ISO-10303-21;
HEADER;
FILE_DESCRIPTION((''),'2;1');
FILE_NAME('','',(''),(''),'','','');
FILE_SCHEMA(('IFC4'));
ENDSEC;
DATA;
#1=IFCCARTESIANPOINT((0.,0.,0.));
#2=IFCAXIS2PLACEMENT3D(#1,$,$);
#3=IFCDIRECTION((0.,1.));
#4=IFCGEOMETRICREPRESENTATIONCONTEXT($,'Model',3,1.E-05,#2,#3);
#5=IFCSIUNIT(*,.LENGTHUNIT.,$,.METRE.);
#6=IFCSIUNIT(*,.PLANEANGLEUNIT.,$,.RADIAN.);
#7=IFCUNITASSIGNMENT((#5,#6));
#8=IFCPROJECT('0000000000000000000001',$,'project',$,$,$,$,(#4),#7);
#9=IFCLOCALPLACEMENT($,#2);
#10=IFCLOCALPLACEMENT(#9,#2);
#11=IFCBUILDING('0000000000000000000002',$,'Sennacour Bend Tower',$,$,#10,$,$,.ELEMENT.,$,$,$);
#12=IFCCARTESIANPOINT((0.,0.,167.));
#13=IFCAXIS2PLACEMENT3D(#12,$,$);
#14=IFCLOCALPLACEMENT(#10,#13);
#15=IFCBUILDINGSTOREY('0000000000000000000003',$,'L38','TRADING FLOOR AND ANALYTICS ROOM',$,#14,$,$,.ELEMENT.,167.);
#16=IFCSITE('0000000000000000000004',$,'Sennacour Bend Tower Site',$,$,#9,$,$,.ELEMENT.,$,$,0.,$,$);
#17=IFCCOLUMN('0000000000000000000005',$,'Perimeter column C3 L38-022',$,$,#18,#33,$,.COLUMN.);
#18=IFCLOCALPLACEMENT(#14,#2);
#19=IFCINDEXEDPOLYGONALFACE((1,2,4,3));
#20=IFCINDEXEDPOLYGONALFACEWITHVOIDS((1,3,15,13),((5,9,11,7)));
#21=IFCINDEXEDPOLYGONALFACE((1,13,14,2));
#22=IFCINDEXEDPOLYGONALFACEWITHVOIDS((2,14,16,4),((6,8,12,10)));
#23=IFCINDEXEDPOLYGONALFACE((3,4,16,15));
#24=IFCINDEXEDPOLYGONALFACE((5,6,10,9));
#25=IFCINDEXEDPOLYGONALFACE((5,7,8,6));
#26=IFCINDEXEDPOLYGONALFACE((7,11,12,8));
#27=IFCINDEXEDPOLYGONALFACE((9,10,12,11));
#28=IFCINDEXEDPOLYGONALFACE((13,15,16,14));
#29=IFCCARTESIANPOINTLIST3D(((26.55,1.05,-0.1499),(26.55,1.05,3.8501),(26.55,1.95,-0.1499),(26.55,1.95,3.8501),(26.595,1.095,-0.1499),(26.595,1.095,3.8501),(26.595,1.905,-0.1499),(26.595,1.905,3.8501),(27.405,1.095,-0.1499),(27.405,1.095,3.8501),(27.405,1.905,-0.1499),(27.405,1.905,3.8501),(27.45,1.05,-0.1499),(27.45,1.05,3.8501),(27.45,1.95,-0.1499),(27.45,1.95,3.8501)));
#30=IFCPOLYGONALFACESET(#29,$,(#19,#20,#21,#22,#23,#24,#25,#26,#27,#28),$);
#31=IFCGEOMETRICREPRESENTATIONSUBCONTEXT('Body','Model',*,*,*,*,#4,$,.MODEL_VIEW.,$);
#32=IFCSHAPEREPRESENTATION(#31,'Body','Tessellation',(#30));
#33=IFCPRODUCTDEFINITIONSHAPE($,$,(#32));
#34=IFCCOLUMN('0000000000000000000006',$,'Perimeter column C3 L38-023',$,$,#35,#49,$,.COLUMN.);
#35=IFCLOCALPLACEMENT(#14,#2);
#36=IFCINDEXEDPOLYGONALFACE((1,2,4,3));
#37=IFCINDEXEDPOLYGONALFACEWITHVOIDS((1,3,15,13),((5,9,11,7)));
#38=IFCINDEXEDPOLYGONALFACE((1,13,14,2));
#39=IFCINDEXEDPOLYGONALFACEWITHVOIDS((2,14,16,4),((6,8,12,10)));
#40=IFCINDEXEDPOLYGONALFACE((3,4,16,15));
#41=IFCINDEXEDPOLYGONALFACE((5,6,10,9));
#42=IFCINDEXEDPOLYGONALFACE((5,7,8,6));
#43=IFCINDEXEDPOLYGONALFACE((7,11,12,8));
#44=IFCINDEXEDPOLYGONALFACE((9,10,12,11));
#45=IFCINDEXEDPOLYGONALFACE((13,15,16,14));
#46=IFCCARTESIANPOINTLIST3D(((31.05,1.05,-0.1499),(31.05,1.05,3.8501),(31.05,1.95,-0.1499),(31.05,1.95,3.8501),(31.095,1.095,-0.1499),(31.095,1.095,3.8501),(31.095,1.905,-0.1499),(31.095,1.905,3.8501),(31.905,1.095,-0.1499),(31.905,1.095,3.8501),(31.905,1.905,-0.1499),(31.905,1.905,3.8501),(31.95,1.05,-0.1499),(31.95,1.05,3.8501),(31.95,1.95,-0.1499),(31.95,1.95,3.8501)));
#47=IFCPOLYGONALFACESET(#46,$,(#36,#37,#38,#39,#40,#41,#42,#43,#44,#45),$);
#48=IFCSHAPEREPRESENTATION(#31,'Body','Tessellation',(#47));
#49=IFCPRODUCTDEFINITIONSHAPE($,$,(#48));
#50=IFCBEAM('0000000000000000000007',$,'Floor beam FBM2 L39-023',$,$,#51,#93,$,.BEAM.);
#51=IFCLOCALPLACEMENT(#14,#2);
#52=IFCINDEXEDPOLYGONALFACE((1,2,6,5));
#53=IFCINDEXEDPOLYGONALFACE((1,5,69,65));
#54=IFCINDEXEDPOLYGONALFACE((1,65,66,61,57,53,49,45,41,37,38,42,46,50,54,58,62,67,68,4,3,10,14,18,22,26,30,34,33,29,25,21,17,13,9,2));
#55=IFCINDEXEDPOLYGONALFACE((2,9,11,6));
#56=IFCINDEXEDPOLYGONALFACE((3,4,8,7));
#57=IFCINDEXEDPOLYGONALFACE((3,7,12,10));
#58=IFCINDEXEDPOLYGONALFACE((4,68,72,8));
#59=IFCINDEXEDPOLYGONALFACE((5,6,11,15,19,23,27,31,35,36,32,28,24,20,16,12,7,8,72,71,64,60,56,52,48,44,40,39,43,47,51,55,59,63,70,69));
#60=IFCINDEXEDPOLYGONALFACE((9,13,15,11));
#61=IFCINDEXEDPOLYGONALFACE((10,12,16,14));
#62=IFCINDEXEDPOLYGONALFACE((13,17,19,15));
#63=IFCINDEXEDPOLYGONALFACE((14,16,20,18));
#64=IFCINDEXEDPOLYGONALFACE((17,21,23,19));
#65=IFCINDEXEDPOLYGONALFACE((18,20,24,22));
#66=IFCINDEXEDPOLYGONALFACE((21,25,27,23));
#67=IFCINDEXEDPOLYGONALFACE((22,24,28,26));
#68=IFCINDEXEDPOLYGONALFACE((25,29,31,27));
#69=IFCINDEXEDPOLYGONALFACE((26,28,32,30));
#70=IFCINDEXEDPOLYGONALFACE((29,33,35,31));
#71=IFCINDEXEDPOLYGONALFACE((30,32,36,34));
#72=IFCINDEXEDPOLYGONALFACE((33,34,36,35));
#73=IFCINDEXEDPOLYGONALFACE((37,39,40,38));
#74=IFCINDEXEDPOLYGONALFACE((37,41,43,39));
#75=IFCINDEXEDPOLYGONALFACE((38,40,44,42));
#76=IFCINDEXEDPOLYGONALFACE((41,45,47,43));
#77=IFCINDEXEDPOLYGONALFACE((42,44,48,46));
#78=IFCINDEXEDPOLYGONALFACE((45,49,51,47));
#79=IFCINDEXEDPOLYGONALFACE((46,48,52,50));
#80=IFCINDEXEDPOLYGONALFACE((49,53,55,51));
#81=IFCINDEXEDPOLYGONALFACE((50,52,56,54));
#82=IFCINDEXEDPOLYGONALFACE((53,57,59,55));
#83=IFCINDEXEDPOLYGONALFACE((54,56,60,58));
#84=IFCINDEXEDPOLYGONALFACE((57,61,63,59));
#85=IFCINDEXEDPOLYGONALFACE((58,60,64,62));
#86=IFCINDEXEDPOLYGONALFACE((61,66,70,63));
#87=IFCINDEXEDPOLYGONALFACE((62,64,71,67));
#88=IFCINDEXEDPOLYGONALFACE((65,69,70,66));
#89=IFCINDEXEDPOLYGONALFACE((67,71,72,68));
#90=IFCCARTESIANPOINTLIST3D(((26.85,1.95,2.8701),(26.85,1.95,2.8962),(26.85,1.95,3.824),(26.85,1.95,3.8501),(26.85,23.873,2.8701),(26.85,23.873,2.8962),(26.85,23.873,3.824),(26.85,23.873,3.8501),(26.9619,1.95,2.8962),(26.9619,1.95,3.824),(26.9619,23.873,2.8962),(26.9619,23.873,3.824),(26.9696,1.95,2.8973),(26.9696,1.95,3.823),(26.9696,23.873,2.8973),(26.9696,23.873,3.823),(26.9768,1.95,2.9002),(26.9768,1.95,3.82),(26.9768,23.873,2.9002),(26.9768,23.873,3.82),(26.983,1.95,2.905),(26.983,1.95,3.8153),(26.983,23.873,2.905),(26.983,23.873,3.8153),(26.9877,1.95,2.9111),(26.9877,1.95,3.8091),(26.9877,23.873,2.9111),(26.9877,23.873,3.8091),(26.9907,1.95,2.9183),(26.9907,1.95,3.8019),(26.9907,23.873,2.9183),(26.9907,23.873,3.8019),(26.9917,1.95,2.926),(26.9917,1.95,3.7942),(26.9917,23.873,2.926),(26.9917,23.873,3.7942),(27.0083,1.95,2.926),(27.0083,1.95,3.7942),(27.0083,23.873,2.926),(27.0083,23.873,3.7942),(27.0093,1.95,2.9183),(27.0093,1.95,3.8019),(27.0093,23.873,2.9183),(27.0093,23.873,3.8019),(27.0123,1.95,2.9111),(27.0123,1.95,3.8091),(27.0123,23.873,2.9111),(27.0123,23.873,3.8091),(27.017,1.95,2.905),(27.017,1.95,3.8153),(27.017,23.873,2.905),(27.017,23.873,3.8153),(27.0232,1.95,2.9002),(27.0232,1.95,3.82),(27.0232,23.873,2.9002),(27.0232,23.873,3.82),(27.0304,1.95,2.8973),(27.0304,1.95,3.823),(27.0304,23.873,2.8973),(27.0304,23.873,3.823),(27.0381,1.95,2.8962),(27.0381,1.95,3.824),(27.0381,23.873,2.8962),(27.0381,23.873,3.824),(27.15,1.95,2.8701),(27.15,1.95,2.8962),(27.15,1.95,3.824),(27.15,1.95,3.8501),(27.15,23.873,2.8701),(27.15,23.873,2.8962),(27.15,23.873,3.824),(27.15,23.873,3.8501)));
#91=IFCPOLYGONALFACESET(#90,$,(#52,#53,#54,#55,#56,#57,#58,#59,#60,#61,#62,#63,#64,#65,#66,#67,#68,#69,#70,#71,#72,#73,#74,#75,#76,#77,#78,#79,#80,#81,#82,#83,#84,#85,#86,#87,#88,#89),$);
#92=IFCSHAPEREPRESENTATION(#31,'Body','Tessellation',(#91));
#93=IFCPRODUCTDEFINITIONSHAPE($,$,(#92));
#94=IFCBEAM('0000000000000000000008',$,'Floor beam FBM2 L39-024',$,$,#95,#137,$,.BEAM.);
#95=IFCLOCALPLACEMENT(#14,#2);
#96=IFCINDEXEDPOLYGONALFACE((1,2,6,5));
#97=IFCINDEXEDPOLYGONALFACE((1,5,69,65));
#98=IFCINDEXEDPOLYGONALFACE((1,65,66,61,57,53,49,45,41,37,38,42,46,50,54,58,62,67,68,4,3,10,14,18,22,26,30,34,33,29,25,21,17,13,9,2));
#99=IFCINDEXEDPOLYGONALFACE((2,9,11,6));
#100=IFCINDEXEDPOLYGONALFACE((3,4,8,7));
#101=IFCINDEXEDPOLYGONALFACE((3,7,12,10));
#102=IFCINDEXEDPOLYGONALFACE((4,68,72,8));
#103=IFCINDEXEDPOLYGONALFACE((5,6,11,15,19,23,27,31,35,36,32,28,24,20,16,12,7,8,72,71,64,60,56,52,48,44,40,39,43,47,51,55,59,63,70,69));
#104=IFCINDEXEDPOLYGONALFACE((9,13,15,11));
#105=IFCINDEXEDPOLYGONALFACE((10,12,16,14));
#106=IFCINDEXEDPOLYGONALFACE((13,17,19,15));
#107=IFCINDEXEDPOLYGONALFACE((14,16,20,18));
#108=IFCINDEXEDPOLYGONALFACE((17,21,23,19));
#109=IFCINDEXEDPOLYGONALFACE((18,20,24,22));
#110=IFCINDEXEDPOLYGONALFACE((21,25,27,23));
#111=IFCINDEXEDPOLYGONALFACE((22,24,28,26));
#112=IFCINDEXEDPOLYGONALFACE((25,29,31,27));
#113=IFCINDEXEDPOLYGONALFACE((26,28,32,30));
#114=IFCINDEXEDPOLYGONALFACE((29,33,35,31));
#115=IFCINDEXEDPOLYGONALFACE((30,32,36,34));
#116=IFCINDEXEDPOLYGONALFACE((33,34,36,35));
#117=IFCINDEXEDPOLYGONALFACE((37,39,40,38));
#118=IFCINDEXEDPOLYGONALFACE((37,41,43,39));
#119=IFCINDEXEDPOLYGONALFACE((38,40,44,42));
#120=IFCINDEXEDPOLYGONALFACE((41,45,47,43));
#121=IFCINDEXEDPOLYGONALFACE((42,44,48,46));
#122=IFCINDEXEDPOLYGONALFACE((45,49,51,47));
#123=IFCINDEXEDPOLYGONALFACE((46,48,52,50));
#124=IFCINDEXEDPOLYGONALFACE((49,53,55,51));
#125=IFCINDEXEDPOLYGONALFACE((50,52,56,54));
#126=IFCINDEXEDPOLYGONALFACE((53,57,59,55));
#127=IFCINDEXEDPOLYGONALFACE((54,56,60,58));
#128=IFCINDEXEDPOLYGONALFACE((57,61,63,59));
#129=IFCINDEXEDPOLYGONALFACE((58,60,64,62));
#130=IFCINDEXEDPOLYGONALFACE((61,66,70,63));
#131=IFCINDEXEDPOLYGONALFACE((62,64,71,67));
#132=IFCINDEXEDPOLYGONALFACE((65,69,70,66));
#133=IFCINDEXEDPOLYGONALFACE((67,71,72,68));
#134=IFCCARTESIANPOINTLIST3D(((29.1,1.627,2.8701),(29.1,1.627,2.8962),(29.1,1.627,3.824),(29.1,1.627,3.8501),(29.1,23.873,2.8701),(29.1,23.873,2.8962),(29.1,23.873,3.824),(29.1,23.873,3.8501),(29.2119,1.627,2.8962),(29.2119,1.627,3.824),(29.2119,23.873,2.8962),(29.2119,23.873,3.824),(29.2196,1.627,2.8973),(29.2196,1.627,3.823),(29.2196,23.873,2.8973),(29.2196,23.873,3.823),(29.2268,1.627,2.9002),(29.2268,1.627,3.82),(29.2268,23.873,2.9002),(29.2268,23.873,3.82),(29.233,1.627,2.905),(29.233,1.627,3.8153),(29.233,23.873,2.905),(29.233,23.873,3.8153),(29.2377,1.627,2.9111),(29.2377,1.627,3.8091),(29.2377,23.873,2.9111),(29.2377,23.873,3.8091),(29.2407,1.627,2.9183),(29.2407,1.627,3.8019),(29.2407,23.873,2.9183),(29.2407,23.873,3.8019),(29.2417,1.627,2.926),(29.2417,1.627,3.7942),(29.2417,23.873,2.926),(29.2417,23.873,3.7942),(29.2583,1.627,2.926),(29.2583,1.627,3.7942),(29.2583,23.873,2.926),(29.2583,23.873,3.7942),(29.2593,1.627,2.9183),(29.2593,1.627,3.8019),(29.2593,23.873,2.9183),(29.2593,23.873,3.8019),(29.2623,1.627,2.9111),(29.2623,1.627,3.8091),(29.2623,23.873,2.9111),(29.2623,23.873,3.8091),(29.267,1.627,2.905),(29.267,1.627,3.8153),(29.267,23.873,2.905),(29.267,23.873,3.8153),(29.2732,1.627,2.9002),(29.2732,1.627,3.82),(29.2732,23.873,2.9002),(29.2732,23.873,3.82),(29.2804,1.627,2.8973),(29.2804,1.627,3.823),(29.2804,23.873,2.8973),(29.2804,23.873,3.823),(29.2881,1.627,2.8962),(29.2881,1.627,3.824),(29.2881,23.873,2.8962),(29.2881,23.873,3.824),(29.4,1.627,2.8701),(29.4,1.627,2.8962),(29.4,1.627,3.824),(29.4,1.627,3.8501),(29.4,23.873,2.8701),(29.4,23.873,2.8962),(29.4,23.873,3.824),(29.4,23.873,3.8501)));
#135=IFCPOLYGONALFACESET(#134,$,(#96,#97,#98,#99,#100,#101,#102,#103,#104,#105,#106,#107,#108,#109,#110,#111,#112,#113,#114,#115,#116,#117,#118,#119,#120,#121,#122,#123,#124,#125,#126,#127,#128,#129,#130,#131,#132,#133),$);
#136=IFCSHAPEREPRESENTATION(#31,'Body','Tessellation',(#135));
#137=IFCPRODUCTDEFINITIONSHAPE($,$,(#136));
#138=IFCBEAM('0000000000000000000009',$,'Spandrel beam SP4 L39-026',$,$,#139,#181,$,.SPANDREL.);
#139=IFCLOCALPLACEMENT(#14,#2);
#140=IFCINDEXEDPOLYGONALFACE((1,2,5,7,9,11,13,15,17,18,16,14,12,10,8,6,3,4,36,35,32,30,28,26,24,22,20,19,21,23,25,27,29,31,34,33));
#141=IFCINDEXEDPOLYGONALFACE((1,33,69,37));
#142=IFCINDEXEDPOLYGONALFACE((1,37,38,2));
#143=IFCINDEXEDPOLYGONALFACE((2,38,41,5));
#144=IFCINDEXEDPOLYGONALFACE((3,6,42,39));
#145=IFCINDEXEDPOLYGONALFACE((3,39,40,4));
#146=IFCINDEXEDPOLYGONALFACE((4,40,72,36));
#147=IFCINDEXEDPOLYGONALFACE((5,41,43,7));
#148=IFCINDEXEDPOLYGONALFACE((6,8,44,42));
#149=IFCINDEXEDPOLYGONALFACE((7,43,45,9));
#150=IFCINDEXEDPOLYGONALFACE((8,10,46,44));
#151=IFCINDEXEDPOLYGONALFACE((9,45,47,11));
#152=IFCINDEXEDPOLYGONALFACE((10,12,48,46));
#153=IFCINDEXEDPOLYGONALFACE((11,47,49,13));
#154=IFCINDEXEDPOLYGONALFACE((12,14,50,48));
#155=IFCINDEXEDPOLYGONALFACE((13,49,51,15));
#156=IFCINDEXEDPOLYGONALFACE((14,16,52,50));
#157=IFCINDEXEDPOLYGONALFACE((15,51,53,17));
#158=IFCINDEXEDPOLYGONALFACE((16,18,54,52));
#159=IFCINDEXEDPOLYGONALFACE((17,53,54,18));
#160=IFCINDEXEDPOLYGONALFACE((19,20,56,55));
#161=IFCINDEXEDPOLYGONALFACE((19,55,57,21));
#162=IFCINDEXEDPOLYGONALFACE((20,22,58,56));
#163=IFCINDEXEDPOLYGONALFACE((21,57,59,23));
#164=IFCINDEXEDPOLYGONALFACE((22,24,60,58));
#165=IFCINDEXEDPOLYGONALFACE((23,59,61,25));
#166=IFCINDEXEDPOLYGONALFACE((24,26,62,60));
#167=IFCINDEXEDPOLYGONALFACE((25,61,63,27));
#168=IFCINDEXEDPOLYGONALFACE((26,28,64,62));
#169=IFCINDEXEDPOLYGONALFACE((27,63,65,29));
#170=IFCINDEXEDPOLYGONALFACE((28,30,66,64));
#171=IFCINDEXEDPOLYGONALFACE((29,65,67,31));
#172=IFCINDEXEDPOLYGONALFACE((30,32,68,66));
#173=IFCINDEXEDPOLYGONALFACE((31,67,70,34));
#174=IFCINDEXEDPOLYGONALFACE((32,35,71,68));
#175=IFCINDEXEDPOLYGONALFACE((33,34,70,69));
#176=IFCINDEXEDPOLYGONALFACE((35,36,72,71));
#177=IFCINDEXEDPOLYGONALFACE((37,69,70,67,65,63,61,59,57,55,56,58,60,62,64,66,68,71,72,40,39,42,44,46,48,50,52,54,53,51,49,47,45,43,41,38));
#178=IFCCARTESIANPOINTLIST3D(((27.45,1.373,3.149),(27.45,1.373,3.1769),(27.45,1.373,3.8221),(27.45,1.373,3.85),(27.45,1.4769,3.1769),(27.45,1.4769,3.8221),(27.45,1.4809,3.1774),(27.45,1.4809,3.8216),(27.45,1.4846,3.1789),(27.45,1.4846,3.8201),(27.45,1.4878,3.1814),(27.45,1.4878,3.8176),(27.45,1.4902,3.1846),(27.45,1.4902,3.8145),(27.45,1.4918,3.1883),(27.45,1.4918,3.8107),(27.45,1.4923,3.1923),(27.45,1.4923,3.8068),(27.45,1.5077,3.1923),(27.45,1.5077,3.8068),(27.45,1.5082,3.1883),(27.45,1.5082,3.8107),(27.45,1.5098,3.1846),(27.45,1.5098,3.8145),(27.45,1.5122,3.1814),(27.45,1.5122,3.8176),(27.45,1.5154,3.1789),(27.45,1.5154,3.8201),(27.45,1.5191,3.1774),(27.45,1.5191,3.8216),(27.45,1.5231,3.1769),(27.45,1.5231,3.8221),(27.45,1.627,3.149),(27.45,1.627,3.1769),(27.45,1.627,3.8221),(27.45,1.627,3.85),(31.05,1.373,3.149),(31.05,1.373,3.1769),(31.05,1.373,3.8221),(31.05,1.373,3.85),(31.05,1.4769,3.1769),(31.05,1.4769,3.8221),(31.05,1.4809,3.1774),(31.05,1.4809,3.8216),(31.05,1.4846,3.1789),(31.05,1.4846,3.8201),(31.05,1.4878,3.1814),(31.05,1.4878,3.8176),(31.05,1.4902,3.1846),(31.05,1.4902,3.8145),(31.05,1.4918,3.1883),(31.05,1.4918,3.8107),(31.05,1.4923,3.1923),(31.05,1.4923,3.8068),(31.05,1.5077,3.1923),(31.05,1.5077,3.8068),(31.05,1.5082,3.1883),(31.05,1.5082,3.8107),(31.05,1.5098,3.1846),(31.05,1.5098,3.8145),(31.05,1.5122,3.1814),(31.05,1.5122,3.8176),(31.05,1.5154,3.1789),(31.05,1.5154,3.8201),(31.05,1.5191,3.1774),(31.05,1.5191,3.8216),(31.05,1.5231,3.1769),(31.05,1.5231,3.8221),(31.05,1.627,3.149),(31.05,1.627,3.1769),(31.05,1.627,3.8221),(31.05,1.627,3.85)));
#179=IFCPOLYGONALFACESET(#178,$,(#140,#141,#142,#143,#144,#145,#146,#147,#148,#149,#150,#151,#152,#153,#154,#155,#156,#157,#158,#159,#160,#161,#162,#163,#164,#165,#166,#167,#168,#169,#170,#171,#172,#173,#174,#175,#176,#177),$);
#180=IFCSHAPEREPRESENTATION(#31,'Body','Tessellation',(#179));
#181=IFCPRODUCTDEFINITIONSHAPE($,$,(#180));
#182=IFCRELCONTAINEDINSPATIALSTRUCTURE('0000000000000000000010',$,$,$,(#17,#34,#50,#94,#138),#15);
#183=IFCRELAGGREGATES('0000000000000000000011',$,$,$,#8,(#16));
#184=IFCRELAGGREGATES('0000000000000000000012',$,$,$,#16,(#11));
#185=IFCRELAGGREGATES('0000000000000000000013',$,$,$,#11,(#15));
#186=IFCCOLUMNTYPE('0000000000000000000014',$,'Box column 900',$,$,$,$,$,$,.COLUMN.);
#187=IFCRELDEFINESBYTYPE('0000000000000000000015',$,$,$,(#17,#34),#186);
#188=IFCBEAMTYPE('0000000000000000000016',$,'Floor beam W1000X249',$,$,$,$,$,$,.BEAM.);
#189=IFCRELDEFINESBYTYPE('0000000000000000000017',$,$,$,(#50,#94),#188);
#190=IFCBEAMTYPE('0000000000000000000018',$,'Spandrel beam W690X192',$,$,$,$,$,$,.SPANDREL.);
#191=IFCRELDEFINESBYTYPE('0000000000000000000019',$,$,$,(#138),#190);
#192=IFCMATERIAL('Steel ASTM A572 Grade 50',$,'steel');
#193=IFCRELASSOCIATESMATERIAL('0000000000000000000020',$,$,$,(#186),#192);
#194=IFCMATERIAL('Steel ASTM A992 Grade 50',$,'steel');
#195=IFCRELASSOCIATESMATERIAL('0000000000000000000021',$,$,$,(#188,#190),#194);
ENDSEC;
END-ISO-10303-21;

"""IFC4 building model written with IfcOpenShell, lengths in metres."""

from ifc_helpers import new_model, si_unit, direction, frame, origin, origin_2d, place, context, subcontext, project, spatial, hollow_rectangle, i_section, extrude, material, material_profile, profile_set, type_object, element, save


model = new_model("IFC4")

# Units and contexts
model_context = context("Model", 3, precision=1e-05, world=origin(), true_north=direction((0.0, 1.0)))
body_context = subcontext(model_context, "Body", "Model", "MODEL_VIEW")
ifc_project = project(units=[si_unit("LENGTHUNIT", "METRE"), si_unit("PLANEANGLEUNIT", "RADIAN")], contexts=[model_context])

# Site, building, storey
site_placement = place(None, origin())
site = spatial("IfcSite", under=ifc_project, at=site_placement, Name="Sennacour Bend Tower Site", CompositionType="ELEMENT", RefElevation=0.0)
building_placement = place(site_placement, origin())
building = spatial("IfcBuilding", under=site, at=building_placement, Name="Sennacour Bend Tower", CompositionType="ELEMENT")
storey_placement = place(building_placement, frame((0.0, 0.0, 167.0)))
storey = spatial("IfcBuildingStorey", under=building, at=storey_placement, Name="L38", Description="TRADING FLOOR AND ANALYTICS ROOM", CompositionType="ELEMENT", Elevation=167.0)

# Columns
ifc_material_1 = material(Name="Steel ASTM A572 Grade 50", Category="steel")
ifc_material_profile_1 = material_profile(ifc_material_1, hollow_rectangle(XDim=0.8999, YDim=0.8999, WallThickness=0.0449, at=origin_2d()), Name="Steel ASTM A572 Grade 50", Category="steel")
ifc_profile_set_1 = profile_set([ifc_material_profile_1], Name="Steel ASTM A572 Grade 50")
column_type = type_object("IfcColumnType", Name="Box column 900", PredefinedType="COLUMN", material=ifc_profile_set_1)
for number, where, z_axis, x_axis, name in (
    (1, (27.0, 1.5, -0.1499), (0.0, 0.0, 1.0), (1.0, 0.0, 0.0), "Perimeter column C3 L38-022"),
    (2, (31.5, 1.5, -0.1499), (0.0, 0.0, 1.0), (1.0, 0.0, 0.0), "Perimeter column C3 L38-023"),
):
    element("IfcColumn", number, at=place(storey_placement, frame(where, z_axis=z_axis, x_axis=x_axis)), inside=storey, type_object=column_type, Name=name, PredefinedType="COLUMN", context=body_context, shape_type="SweptSolid", body=[
        extrude(hollow_rectangle(XDim=0.8999, YDim=0.8999, WallThickness=0.0449, at=origin_2d()), origin(), (0.0, 0.0, 1.0), 4.0),
    ])

# Beams
ifc_material_2 = material(Name="Steel ASTM A992 Grade 50", Category="steel")
ifc_material_profile_2 = material_profile(ifc_material_2, i_section(OverallWidth=0.3, OverallDepth=0.98, WebThickness=0.0166, FlangeThickness=0.0261, FilletRadius=0.0298, at=origin_2d()), Name="Steel ASTM A992 Grade 50", Category="steel")
ifc_profile_set_2 = profile_set([ifc_material_profile_2], Name="Steel ASTM A992 Grade 50")
beam_type_1 = type_object("IfcBeamType", Name="Floor beam W1000X249", PredefinedType="BEAM", material=ifc_profile_set_2)
beam_1_placement = place(storey_placement, frame((27.0, 1.95, 3.3601), z_axis=(0.0, 1.0, 0.0), x_axis=(-1.0, 0.0, 0.0)))
element("IfcBeam", 3, at=beam_1_placement, inside=storey, type_object=beam_type_1, Name="Floor beam FBM2 L39-023", PredefinedType="BEAM", context=body_context, shape_type="SweptSolid", body=[
    extrude(i_section(OverallWidth=0.3, OverallDepth=0.98, WebThickness=0.0166, FlangeThickness=0.0261, FilletRadius=0.0298, at=origin_2d()), origin(), (0.0, 0.0, 1.0), 21.9231),
])
beam_2_placement = place(storey_placement, frame((29.25, 1.627, 3.3601), z_axis=(0.0, 1.0, 0.0), x_axis=(-1.0, 0.0, 0.0)))
element("IfcBeam", 4, at=beam_2_placement, inside=storey, type_object=beam_type_1, Name="Floor beam FBM2 L39-024", PredefinedType="BEAM", context=body_context, shape_type="SweptSolid", body=[
    extrude(i_section(OverallWidth=0.3, OverallDepth=0.98, WebThickness=0.0166, FlangeThickness=0.0261, FilletRadius=0.0298, at=origin_2d()), origin(), (0.0, 0.0, 1.0), 22.2461),
])
ifc_material_profile_3 = material_profile(ifc_material_2, i_section(OverallWidth=0.2539, OverallDepth=0.7009, WebThickness=0.0154, FlangeThickness=0.0278, FilletRadius=0.0154, at=origin_2d()), Name="Steel ASTM A992 Grade 50", Category="steel")
ifc_profile_set_3 = profile_set([ifc_material_profile_3], Name="Steel ASTM A992 Grade 50")
beam_type_2 = type_object("IfcBeamType", Name="Spandrel beam W690X192", PredefinedType="SPANDREL", material=ifc_profile_set_3)
for number, where, z_axis, x_axis, name in (
    (5, (31.05, 1.5, 3.4995), (-1.0, 0.0, 0.0), (0.0, -1.0, 0.0), "Spandrel beam SP4 L39-026"),
):
    element("IfcBeam", number, at=place(storey_placement, frame(where, z_axis=z_axis, x_axis=x_axis)), inside=storey, type_object=beam_type_2, Name=name, PredefinedType="SPANDREL", context=body_context, shape_type="SweptSolid", body=[
        extrude(i_section(OverallWidth=0.2539, OverallDepth=0.7009, WebThickness=0.0154, FlangeThickness=0.0278, FilletRadius=0.0154, at=origin_2d()), origin(), (0.0, 0.0, 1.0), 3.6001),
    ])

save(model, "model.ifc")
